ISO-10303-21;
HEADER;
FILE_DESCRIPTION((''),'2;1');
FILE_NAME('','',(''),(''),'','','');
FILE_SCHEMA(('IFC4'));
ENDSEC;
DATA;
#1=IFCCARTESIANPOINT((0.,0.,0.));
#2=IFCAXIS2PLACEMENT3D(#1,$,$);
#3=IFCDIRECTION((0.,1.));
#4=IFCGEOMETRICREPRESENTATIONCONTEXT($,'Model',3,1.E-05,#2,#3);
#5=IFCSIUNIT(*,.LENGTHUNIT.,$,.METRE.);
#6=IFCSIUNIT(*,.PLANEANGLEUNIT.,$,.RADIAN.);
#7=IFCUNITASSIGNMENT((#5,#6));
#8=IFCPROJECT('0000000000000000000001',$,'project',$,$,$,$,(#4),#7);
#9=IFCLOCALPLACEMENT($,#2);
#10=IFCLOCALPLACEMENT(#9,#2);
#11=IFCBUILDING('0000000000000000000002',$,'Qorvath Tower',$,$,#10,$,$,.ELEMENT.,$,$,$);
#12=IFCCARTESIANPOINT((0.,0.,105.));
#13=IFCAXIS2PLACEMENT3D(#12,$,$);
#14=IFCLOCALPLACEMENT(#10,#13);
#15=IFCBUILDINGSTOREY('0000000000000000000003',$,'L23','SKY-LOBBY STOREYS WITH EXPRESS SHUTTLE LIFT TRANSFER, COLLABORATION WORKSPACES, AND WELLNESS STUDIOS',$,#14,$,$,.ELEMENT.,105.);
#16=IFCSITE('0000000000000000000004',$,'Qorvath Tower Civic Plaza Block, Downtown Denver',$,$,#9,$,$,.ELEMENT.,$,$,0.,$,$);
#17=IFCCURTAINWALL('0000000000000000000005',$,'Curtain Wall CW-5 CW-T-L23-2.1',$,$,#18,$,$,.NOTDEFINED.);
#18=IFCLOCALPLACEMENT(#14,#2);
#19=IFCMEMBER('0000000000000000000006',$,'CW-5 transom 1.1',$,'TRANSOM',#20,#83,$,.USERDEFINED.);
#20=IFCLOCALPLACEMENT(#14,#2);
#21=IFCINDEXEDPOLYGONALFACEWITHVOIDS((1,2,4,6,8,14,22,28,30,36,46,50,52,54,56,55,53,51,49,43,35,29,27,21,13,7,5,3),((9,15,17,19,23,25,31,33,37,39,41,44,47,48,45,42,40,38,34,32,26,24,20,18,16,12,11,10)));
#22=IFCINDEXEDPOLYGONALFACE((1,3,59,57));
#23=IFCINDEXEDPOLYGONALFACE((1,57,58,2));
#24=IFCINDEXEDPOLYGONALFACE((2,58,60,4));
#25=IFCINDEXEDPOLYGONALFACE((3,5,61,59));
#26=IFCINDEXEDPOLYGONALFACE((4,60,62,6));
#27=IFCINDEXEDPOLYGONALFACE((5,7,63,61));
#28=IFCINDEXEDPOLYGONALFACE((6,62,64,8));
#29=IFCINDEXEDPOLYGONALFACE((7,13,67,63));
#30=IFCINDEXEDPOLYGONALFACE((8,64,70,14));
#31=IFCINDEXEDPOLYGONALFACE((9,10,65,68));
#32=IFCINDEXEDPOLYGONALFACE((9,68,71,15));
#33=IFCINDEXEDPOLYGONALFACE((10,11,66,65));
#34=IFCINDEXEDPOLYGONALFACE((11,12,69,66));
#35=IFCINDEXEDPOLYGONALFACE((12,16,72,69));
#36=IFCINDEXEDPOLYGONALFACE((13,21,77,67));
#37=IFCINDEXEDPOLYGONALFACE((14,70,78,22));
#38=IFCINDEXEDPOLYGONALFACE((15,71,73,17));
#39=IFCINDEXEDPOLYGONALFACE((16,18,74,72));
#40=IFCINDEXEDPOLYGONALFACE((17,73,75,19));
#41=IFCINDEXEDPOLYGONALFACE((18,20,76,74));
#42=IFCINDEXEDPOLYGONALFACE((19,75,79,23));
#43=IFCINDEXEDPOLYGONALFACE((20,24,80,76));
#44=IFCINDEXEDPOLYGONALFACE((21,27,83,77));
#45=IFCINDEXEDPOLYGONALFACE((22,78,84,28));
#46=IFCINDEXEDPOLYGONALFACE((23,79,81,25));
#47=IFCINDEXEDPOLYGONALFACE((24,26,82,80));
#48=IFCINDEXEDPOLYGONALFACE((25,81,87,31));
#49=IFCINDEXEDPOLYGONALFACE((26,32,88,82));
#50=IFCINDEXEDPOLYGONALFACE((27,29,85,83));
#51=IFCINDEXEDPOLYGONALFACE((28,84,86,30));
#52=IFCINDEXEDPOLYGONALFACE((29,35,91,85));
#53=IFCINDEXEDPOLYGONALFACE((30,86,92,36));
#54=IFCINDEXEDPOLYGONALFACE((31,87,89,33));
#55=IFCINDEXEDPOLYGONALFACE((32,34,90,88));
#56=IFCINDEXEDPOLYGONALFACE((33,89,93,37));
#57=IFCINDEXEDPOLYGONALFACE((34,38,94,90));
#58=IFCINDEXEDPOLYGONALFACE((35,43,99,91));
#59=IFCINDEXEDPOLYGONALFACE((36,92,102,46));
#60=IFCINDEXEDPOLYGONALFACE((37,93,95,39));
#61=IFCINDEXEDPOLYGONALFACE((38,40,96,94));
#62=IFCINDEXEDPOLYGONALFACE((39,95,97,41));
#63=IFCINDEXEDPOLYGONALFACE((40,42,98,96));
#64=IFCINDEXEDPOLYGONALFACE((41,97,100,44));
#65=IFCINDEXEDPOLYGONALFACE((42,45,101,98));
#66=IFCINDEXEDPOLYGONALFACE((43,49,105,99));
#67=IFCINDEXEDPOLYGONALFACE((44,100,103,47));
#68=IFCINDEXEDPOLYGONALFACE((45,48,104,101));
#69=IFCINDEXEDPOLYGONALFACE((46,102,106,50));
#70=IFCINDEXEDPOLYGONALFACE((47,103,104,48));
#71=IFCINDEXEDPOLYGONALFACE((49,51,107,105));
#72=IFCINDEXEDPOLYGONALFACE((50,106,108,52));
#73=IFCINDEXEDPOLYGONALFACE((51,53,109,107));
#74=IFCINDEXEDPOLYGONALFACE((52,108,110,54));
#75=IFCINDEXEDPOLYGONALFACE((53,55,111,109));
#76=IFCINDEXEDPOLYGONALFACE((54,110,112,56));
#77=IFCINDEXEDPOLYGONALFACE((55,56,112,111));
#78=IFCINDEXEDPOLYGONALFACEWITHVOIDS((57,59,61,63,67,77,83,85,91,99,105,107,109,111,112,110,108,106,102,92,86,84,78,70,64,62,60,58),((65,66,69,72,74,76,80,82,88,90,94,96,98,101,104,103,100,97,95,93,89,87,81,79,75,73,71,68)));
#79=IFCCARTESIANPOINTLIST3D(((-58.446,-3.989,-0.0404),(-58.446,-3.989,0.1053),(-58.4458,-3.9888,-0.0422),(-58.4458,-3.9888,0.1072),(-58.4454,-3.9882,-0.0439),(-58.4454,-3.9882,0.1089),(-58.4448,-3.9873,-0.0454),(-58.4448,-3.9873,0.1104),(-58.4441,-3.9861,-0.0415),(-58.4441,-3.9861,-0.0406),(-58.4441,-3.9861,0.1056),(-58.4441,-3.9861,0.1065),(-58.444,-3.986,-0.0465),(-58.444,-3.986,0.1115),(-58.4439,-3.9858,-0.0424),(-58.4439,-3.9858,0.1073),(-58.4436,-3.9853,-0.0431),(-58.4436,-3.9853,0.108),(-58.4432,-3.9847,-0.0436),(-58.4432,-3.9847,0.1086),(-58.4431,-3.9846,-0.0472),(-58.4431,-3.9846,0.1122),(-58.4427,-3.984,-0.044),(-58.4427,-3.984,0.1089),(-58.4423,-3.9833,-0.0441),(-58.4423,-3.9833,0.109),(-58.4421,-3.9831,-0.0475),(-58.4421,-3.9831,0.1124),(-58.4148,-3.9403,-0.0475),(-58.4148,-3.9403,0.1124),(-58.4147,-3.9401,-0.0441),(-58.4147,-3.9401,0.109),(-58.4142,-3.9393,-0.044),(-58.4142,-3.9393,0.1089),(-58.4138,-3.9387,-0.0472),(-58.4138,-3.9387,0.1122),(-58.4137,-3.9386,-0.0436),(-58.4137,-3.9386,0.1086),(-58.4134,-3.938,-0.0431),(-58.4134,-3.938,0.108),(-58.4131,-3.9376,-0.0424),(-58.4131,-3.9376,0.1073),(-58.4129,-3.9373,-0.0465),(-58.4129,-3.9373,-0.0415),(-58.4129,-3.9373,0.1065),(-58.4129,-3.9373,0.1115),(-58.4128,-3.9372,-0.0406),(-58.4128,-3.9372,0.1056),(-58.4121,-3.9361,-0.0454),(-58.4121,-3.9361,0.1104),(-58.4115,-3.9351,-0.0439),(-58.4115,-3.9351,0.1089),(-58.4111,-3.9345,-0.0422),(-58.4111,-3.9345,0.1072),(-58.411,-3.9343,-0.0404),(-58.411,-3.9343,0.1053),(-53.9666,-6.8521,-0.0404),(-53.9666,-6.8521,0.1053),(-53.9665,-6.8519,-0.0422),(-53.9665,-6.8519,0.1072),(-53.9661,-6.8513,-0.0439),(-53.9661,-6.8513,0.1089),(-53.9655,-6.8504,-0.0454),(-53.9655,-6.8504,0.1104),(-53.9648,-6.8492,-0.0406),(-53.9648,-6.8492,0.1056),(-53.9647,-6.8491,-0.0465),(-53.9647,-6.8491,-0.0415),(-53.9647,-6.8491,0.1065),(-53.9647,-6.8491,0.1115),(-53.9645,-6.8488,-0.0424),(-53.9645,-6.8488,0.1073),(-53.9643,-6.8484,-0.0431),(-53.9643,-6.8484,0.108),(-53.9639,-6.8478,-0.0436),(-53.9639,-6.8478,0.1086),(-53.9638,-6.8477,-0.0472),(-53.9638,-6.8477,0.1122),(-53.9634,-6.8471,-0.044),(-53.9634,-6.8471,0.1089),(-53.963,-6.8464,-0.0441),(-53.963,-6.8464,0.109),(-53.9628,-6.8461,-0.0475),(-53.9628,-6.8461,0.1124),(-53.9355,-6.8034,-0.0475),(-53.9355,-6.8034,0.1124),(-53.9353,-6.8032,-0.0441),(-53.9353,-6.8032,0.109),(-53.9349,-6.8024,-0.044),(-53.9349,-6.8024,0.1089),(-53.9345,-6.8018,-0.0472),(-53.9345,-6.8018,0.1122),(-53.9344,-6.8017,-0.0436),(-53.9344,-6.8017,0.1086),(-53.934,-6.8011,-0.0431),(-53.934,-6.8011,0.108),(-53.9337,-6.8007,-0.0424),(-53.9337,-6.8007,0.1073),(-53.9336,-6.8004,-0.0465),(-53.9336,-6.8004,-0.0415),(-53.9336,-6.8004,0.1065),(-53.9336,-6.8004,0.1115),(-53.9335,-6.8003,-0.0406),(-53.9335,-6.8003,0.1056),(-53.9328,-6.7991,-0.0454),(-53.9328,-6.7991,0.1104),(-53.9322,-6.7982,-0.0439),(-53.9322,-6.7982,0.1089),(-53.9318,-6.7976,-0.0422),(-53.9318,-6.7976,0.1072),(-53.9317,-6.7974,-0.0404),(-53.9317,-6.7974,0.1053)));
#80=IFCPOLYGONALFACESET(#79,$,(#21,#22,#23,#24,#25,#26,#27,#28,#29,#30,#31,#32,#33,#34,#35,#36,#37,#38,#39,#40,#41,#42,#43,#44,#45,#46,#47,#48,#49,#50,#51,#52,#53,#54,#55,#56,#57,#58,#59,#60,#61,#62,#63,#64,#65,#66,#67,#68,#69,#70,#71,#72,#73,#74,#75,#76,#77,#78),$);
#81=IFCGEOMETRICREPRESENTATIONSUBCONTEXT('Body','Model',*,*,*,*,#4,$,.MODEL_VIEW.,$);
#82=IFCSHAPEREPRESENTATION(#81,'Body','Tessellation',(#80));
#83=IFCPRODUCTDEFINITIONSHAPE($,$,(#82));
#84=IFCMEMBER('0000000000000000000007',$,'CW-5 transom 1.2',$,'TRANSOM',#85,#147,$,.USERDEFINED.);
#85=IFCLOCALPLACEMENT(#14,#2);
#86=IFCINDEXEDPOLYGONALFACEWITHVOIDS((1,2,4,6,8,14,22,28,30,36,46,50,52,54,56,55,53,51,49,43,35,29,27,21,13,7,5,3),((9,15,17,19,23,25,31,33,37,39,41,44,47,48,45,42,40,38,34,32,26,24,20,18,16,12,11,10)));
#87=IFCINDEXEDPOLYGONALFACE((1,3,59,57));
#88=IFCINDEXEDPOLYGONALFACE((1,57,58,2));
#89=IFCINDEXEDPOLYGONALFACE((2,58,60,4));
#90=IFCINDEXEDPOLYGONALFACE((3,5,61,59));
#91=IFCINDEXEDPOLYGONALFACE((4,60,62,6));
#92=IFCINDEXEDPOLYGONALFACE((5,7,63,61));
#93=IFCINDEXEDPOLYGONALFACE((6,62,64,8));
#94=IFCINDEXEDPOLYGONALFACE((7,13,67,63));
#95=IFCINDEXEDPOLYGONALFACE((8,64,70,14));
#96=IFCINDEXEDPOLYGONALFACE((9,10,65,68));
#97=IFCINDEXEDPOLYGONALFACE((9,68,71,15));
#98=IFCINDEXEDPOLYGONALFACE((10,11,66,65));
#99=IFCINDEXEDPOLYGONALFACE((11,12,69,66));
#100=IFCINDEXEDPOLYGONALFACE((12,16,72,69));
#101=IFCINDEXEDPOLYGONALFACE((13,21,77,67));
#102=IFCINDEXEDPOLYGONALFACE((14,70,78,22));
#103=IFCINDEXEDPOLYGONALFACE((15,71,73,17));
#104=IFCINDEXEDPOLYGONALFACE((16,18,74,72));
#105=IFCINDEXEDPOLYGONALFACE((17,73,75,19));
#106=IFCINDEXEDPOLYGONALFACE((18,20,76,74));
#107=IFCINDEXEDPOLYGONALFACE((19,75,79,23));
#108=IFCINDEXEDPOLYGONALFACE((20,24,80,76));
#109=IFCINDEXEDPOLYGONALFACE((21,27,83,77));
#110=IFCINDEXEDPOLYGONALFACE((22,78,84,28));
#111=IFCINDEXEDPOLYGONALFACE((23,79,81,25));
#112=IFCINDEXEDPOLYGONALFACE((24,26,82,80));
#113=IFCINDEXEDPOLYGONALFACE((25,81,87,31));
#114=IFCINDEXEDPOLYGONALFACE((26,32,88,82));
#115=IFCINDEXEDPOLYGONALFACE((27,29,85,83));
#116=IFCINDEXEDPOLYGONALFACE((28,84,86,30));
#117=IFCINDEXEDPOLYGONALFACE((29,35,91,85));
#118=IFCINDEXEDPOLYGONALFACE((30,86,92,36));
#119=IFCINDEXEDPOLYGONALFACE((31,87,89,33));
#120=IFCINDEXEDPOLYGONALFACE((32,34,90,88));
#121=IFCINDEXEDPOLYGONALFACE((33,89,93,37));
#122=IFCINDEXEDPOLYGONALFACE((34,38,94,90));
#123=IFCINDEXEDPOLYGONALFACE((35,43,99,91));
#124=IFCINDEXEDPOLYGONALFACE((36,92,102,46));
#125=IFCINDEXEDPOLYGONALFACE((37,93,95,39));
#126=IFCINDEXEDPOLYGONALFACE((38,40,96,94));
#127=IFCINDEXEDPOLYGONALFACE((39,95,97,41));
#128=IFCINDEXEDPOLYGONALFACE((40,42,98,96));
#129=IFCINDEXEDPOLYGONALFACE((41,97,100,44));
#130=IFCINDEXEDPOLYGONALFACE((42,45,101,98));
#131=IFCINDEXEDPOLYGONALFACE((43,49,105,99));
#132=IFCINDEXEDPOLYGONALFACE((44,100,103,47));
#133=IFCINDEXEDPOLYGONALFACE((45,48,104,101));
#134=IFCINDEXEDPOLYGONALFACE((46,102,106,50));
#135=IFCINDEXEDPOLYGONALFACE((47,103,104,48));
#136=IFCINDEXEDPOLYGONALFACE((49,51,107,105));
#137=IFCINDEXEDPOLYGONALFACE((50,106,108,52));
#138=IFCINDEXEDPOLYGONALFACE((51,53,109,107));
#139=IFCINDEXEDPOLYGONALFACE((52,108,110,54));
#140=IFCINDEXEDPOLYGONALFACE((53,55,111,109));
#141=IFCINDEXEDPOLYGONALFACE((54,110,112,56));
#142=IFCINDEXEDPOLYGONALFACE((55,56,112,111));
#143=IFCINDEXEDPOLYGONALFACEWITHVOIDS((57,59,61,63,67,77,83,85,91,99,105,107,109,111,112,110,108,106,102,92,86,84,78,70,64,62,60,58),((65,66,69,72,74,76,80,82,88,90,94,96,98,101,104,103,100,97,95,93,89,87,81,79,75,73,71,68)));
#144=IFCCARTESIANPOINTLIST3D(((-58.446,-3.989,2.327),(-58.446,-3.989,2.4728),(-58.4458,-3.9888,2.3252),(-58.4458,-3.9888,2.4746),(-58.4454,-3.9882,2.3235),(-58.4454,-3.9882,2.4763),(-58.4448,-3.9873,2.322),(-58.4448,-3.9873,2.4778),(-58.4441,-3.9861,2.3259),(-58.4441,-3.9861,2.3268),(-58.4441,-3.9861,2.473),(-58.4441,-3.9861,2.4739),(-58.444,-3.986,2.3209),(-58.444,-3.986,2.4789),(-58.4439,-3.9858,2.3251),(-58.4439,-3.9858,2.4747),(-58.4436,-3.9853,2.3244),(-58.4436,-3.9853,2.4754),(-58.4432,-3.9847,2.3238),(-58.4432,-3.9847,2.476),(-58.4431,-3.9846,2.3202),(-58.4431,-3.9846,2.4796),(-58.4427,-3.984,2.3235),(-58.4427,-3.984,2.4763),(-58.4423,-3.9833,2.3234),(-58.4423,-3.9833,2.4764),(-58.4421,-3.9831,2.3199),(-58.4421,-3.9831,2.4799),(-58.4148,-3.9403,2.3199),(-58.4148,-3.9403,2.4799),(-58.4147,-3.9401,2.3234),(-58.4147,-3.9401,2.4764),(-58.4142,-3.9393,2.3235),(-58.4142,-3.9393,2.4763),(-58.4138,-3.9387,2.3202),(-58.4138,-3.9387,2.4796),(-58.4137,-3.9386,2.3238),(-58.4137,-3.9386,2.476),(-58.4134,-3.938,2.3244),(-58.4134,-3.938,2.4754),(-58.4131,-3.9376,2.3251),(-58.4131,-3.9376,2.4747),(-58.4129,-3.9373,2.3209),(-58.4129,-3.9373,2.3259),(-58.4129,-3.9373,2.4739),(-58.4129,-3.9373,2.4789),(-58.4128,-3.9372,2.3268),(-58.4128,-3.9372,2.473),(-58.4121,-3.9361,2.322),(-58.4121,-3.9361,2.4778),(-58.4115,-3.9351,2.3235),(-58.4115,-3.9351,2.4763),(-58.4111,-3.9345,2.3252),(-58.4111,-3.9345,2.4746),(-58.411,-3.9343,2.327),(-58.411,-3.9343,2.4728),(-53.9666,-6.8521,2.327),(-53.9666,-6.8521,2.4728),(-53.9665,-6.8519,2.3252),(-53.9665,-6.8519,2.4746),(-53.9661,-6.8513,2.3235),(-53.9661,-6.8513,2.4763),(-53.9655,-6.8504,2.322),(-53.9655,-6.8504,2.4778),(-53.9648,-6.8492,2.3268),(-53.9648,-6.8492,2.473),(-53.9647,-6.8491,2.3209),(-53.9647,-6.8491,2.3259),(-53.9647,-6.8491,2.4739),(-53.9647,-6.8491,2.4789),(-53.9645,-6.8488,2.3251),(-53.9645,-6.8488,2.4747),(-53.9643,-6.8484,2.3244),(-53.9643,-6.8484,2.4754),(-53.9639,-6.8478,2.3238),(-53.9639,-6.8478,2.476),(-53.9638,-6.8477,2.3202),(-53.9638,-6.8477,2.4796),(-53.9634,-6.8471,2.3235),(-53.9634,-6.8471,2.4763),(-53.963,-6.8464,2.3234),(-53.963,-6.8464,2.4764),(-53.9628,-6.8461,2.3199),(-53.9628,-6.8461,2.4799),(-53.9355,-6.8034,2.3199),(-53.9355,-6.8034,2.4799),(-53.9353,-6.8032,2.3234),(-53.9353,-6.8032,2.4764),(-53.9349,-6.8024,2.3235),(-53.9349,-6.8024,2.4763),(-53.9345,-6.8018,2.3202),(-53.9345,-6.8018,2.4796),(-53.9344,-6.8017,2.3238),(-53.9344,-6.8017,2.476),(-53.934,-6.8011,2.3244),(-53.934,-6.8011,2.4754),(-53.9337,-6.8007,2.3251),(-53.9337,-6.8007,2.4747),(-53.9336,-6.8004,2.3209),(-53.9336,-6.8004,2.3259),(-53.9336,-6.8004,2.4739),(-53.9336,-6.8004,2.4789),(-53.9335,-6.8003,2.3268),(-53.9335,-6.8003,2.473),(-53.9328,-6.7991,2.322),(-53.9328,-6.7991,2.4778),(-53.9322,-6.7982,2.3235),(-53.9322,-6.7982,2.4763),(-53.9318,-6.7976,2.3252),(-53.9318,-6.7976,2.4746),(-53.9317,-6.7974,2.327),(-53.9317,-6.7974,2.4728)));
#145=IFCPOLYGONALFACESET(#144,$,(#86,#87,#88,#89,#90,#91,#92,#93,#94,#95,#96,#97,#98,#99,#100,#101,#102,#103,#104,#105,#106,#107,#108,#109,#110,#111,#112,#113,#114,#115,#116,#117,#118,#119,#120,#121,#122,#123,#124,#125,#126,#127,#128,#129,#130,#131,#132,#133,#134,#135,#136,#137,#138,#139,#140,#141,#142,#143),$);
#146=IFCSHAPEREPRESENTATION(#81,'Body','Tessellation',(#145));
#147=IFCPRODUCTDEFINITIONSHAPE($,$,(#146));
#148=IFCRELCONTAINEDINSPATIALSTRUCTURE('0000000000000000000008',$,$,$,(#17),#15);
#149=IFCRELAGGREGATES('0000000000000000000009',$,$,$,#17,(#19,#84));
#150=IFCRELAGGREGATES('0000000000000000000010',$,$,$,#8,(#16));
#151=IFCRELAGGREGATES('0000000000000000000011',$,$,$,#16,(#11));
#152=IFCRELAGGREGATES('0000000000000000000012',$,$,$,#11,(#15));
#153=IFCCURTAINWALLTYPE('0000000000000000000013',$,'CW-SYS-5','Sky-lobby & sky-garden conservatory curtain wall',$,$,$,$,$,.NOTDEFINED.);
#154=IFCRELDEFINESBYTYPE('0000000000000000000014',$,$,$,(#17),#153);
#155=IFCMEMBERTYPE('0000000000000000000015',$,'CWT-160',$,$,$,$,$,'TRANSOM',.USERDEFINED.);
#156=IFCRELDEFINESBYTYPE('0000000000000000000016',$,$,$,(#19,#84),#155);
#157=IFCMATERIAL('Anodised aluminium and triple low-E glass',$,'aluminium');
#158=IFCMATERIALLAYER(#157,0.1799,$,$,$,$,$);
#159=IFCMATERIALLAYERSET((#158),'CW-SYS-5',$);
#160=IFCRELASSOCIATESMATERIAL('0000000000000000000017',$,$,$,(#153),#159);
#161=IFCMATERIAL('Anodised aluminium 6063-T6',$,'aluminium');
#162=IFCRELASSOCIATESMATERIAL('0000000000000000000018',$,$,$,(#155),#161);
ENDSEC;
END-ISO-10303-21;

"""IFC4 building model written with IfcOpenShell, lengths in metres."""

from ifc_helpers import new_model, si_unit, direction, frame, origin, origin_2d, place, context, subcontext, project, spatial, hollow_rectangle, extrude, material, layer, layer_set, material_profile, profile_set, type_object, element, aggregate, save


model = new_model("IFC4")

# Units and contexts
model_context = context("Model", 3, precision=1e-05, world=origin(), true_north=direction((0.0, 1.0)))
body_context = subcontext(model_context, "Body", "Model", "MODEL_VIEW")
ifc_project = project(units=[si_unit("LENGTHUNIT", "METRE"), si_unit("PLANEANGLEUNIT", "RADIAN")], contexts=[model_context])

# Site, building, storey
site_placement = place(None, origin())
site = spatial("IfcSite", under=ifc_project, at=site_placement, Name="Qorvath Tower Civic Plaza Block, Downtown Denver", CompositionType="ELEMENT", RefElevation=0.0)
building_placement = place(site_placement, origin())
building = spatial("IfcBuilding", under=site, at=building_placement, Name="Qorvath Tower", CompositionType="ELEMENT")
storey_placement = place(building_placement, frame((0.0, 0.0, 105.0)))
storey = spatial("IfcBuildingStorey", under=building, at=storey_placement, Name="L23", Description="SKY-LOBBY STOREYS WITH EXPRESS SHUTTLE LIFT TRANSFER, COLLABORATION WORKSPACES, AND WELLNESS STUDIOS", CompositionType="ELEMENT", Elevation=105.0)

# Curtain wall, members
ifc_material_1 = material(Name="Anodised aluminium and triple low-E glass", Category="aluminium")
ifc_layer_1 = layer(ifc_material_1, 0.1799)
ifc_layer_set_1 = layer_set([ifc_layer_1], Name="CW-SYS-5")
curtain_wall_type = type_object("IfcCurtainWallType", Name="CW-SYS-5", Description="Sky-lobby & sky-garden conservatory curtain wall", PredefinedType="NOTDEFINED", material=ifc_layer_set_1)
curtain_wall_placement = place(storey_placement, origin())
curtain_wall = element("IfcCurtainWall", 1, at=curtain_wall_placement, inside=storey, type_object=curtain_wall_type, Name="Curtain Wall CW-5 CW-T-L23-2.1", PredefinedType="NOTDEFINED")
ifc_material_2 = material(Name="Anodised aluminium 6063-T6", Category="aluminium")
ifc_material_profile_1 = material_profile(ifc_material_2, hollow_rectangle(XDim=0.0649, YDim=0.1599, WallThickness=0.0034, InnerFilletRadius=0.0034, OuterFilletRadius=0.0071, at=origin_2d()), Name="CWT 160x65")
ifc_profile_set_1 = profile_set([ifc_material_profile_1], Name="Anodised aluminium 6063-T6")
member_type_1 = type_object("IfcMemberType", Name="CWT-160", ElementType="TRANSOM", PredefinedType="USERDEFINED", material=ifc_profile_set_1)
member_1_placement = place(storey_placement, frame((-58.4285, -3.9617, 0.0325), z_axis=(0.842586, -0.538562, 0.0), x_axis=(0.538562, 0.842586, 0.0)))
member_1 = element("IfcMember", 2, at=member_1_placement, type_object=member_type_1, Name="CW-5 transom 1.1", ObjectType="TRANSOM", PredefinedType="USERDEFINED", context=body_context, shape_type="SweptSolid", body=[
    extrude(hollow_rectangle(XDim=0.0649, YDim=0.1599, WallThickness=0.0034, InnerFilletRadius=0.0034, OuterFilletRadius=0.0071, at=origin_2d()), origin(), (0.0, 0.0, 1.0), 5.3162),
])
member_2_placement = place(storey_placement, frame((-58.4285, -3.9617, 2.3999), z_axis=(0.842586, -0.538562, 0.0), x_axis=(0.538562, 0.842586, 0.0)))
member_2 = element("IfcMember", 3, at=member_2_placement, type_object=member_type_1, Name="CW-5 transom 1.2", ObjectType="TRANSOM", PredefinedType="USERDEFINED", context=body_context, shape_type="SweptSolid", body=[
    extrude(hollow_rectangle(XDim=0.0649, YDim=0.1599, WallThickness=0.0034, InnerFilletRadius=0.0034, OuterFilletRadius=0.0071, at=origin_2d()), origin(), (0.0, 0.0, 1.0), 5.3162),
])
aggregate(curtain_wall, [member_1, member_2])

save(model, "model.ifc")
